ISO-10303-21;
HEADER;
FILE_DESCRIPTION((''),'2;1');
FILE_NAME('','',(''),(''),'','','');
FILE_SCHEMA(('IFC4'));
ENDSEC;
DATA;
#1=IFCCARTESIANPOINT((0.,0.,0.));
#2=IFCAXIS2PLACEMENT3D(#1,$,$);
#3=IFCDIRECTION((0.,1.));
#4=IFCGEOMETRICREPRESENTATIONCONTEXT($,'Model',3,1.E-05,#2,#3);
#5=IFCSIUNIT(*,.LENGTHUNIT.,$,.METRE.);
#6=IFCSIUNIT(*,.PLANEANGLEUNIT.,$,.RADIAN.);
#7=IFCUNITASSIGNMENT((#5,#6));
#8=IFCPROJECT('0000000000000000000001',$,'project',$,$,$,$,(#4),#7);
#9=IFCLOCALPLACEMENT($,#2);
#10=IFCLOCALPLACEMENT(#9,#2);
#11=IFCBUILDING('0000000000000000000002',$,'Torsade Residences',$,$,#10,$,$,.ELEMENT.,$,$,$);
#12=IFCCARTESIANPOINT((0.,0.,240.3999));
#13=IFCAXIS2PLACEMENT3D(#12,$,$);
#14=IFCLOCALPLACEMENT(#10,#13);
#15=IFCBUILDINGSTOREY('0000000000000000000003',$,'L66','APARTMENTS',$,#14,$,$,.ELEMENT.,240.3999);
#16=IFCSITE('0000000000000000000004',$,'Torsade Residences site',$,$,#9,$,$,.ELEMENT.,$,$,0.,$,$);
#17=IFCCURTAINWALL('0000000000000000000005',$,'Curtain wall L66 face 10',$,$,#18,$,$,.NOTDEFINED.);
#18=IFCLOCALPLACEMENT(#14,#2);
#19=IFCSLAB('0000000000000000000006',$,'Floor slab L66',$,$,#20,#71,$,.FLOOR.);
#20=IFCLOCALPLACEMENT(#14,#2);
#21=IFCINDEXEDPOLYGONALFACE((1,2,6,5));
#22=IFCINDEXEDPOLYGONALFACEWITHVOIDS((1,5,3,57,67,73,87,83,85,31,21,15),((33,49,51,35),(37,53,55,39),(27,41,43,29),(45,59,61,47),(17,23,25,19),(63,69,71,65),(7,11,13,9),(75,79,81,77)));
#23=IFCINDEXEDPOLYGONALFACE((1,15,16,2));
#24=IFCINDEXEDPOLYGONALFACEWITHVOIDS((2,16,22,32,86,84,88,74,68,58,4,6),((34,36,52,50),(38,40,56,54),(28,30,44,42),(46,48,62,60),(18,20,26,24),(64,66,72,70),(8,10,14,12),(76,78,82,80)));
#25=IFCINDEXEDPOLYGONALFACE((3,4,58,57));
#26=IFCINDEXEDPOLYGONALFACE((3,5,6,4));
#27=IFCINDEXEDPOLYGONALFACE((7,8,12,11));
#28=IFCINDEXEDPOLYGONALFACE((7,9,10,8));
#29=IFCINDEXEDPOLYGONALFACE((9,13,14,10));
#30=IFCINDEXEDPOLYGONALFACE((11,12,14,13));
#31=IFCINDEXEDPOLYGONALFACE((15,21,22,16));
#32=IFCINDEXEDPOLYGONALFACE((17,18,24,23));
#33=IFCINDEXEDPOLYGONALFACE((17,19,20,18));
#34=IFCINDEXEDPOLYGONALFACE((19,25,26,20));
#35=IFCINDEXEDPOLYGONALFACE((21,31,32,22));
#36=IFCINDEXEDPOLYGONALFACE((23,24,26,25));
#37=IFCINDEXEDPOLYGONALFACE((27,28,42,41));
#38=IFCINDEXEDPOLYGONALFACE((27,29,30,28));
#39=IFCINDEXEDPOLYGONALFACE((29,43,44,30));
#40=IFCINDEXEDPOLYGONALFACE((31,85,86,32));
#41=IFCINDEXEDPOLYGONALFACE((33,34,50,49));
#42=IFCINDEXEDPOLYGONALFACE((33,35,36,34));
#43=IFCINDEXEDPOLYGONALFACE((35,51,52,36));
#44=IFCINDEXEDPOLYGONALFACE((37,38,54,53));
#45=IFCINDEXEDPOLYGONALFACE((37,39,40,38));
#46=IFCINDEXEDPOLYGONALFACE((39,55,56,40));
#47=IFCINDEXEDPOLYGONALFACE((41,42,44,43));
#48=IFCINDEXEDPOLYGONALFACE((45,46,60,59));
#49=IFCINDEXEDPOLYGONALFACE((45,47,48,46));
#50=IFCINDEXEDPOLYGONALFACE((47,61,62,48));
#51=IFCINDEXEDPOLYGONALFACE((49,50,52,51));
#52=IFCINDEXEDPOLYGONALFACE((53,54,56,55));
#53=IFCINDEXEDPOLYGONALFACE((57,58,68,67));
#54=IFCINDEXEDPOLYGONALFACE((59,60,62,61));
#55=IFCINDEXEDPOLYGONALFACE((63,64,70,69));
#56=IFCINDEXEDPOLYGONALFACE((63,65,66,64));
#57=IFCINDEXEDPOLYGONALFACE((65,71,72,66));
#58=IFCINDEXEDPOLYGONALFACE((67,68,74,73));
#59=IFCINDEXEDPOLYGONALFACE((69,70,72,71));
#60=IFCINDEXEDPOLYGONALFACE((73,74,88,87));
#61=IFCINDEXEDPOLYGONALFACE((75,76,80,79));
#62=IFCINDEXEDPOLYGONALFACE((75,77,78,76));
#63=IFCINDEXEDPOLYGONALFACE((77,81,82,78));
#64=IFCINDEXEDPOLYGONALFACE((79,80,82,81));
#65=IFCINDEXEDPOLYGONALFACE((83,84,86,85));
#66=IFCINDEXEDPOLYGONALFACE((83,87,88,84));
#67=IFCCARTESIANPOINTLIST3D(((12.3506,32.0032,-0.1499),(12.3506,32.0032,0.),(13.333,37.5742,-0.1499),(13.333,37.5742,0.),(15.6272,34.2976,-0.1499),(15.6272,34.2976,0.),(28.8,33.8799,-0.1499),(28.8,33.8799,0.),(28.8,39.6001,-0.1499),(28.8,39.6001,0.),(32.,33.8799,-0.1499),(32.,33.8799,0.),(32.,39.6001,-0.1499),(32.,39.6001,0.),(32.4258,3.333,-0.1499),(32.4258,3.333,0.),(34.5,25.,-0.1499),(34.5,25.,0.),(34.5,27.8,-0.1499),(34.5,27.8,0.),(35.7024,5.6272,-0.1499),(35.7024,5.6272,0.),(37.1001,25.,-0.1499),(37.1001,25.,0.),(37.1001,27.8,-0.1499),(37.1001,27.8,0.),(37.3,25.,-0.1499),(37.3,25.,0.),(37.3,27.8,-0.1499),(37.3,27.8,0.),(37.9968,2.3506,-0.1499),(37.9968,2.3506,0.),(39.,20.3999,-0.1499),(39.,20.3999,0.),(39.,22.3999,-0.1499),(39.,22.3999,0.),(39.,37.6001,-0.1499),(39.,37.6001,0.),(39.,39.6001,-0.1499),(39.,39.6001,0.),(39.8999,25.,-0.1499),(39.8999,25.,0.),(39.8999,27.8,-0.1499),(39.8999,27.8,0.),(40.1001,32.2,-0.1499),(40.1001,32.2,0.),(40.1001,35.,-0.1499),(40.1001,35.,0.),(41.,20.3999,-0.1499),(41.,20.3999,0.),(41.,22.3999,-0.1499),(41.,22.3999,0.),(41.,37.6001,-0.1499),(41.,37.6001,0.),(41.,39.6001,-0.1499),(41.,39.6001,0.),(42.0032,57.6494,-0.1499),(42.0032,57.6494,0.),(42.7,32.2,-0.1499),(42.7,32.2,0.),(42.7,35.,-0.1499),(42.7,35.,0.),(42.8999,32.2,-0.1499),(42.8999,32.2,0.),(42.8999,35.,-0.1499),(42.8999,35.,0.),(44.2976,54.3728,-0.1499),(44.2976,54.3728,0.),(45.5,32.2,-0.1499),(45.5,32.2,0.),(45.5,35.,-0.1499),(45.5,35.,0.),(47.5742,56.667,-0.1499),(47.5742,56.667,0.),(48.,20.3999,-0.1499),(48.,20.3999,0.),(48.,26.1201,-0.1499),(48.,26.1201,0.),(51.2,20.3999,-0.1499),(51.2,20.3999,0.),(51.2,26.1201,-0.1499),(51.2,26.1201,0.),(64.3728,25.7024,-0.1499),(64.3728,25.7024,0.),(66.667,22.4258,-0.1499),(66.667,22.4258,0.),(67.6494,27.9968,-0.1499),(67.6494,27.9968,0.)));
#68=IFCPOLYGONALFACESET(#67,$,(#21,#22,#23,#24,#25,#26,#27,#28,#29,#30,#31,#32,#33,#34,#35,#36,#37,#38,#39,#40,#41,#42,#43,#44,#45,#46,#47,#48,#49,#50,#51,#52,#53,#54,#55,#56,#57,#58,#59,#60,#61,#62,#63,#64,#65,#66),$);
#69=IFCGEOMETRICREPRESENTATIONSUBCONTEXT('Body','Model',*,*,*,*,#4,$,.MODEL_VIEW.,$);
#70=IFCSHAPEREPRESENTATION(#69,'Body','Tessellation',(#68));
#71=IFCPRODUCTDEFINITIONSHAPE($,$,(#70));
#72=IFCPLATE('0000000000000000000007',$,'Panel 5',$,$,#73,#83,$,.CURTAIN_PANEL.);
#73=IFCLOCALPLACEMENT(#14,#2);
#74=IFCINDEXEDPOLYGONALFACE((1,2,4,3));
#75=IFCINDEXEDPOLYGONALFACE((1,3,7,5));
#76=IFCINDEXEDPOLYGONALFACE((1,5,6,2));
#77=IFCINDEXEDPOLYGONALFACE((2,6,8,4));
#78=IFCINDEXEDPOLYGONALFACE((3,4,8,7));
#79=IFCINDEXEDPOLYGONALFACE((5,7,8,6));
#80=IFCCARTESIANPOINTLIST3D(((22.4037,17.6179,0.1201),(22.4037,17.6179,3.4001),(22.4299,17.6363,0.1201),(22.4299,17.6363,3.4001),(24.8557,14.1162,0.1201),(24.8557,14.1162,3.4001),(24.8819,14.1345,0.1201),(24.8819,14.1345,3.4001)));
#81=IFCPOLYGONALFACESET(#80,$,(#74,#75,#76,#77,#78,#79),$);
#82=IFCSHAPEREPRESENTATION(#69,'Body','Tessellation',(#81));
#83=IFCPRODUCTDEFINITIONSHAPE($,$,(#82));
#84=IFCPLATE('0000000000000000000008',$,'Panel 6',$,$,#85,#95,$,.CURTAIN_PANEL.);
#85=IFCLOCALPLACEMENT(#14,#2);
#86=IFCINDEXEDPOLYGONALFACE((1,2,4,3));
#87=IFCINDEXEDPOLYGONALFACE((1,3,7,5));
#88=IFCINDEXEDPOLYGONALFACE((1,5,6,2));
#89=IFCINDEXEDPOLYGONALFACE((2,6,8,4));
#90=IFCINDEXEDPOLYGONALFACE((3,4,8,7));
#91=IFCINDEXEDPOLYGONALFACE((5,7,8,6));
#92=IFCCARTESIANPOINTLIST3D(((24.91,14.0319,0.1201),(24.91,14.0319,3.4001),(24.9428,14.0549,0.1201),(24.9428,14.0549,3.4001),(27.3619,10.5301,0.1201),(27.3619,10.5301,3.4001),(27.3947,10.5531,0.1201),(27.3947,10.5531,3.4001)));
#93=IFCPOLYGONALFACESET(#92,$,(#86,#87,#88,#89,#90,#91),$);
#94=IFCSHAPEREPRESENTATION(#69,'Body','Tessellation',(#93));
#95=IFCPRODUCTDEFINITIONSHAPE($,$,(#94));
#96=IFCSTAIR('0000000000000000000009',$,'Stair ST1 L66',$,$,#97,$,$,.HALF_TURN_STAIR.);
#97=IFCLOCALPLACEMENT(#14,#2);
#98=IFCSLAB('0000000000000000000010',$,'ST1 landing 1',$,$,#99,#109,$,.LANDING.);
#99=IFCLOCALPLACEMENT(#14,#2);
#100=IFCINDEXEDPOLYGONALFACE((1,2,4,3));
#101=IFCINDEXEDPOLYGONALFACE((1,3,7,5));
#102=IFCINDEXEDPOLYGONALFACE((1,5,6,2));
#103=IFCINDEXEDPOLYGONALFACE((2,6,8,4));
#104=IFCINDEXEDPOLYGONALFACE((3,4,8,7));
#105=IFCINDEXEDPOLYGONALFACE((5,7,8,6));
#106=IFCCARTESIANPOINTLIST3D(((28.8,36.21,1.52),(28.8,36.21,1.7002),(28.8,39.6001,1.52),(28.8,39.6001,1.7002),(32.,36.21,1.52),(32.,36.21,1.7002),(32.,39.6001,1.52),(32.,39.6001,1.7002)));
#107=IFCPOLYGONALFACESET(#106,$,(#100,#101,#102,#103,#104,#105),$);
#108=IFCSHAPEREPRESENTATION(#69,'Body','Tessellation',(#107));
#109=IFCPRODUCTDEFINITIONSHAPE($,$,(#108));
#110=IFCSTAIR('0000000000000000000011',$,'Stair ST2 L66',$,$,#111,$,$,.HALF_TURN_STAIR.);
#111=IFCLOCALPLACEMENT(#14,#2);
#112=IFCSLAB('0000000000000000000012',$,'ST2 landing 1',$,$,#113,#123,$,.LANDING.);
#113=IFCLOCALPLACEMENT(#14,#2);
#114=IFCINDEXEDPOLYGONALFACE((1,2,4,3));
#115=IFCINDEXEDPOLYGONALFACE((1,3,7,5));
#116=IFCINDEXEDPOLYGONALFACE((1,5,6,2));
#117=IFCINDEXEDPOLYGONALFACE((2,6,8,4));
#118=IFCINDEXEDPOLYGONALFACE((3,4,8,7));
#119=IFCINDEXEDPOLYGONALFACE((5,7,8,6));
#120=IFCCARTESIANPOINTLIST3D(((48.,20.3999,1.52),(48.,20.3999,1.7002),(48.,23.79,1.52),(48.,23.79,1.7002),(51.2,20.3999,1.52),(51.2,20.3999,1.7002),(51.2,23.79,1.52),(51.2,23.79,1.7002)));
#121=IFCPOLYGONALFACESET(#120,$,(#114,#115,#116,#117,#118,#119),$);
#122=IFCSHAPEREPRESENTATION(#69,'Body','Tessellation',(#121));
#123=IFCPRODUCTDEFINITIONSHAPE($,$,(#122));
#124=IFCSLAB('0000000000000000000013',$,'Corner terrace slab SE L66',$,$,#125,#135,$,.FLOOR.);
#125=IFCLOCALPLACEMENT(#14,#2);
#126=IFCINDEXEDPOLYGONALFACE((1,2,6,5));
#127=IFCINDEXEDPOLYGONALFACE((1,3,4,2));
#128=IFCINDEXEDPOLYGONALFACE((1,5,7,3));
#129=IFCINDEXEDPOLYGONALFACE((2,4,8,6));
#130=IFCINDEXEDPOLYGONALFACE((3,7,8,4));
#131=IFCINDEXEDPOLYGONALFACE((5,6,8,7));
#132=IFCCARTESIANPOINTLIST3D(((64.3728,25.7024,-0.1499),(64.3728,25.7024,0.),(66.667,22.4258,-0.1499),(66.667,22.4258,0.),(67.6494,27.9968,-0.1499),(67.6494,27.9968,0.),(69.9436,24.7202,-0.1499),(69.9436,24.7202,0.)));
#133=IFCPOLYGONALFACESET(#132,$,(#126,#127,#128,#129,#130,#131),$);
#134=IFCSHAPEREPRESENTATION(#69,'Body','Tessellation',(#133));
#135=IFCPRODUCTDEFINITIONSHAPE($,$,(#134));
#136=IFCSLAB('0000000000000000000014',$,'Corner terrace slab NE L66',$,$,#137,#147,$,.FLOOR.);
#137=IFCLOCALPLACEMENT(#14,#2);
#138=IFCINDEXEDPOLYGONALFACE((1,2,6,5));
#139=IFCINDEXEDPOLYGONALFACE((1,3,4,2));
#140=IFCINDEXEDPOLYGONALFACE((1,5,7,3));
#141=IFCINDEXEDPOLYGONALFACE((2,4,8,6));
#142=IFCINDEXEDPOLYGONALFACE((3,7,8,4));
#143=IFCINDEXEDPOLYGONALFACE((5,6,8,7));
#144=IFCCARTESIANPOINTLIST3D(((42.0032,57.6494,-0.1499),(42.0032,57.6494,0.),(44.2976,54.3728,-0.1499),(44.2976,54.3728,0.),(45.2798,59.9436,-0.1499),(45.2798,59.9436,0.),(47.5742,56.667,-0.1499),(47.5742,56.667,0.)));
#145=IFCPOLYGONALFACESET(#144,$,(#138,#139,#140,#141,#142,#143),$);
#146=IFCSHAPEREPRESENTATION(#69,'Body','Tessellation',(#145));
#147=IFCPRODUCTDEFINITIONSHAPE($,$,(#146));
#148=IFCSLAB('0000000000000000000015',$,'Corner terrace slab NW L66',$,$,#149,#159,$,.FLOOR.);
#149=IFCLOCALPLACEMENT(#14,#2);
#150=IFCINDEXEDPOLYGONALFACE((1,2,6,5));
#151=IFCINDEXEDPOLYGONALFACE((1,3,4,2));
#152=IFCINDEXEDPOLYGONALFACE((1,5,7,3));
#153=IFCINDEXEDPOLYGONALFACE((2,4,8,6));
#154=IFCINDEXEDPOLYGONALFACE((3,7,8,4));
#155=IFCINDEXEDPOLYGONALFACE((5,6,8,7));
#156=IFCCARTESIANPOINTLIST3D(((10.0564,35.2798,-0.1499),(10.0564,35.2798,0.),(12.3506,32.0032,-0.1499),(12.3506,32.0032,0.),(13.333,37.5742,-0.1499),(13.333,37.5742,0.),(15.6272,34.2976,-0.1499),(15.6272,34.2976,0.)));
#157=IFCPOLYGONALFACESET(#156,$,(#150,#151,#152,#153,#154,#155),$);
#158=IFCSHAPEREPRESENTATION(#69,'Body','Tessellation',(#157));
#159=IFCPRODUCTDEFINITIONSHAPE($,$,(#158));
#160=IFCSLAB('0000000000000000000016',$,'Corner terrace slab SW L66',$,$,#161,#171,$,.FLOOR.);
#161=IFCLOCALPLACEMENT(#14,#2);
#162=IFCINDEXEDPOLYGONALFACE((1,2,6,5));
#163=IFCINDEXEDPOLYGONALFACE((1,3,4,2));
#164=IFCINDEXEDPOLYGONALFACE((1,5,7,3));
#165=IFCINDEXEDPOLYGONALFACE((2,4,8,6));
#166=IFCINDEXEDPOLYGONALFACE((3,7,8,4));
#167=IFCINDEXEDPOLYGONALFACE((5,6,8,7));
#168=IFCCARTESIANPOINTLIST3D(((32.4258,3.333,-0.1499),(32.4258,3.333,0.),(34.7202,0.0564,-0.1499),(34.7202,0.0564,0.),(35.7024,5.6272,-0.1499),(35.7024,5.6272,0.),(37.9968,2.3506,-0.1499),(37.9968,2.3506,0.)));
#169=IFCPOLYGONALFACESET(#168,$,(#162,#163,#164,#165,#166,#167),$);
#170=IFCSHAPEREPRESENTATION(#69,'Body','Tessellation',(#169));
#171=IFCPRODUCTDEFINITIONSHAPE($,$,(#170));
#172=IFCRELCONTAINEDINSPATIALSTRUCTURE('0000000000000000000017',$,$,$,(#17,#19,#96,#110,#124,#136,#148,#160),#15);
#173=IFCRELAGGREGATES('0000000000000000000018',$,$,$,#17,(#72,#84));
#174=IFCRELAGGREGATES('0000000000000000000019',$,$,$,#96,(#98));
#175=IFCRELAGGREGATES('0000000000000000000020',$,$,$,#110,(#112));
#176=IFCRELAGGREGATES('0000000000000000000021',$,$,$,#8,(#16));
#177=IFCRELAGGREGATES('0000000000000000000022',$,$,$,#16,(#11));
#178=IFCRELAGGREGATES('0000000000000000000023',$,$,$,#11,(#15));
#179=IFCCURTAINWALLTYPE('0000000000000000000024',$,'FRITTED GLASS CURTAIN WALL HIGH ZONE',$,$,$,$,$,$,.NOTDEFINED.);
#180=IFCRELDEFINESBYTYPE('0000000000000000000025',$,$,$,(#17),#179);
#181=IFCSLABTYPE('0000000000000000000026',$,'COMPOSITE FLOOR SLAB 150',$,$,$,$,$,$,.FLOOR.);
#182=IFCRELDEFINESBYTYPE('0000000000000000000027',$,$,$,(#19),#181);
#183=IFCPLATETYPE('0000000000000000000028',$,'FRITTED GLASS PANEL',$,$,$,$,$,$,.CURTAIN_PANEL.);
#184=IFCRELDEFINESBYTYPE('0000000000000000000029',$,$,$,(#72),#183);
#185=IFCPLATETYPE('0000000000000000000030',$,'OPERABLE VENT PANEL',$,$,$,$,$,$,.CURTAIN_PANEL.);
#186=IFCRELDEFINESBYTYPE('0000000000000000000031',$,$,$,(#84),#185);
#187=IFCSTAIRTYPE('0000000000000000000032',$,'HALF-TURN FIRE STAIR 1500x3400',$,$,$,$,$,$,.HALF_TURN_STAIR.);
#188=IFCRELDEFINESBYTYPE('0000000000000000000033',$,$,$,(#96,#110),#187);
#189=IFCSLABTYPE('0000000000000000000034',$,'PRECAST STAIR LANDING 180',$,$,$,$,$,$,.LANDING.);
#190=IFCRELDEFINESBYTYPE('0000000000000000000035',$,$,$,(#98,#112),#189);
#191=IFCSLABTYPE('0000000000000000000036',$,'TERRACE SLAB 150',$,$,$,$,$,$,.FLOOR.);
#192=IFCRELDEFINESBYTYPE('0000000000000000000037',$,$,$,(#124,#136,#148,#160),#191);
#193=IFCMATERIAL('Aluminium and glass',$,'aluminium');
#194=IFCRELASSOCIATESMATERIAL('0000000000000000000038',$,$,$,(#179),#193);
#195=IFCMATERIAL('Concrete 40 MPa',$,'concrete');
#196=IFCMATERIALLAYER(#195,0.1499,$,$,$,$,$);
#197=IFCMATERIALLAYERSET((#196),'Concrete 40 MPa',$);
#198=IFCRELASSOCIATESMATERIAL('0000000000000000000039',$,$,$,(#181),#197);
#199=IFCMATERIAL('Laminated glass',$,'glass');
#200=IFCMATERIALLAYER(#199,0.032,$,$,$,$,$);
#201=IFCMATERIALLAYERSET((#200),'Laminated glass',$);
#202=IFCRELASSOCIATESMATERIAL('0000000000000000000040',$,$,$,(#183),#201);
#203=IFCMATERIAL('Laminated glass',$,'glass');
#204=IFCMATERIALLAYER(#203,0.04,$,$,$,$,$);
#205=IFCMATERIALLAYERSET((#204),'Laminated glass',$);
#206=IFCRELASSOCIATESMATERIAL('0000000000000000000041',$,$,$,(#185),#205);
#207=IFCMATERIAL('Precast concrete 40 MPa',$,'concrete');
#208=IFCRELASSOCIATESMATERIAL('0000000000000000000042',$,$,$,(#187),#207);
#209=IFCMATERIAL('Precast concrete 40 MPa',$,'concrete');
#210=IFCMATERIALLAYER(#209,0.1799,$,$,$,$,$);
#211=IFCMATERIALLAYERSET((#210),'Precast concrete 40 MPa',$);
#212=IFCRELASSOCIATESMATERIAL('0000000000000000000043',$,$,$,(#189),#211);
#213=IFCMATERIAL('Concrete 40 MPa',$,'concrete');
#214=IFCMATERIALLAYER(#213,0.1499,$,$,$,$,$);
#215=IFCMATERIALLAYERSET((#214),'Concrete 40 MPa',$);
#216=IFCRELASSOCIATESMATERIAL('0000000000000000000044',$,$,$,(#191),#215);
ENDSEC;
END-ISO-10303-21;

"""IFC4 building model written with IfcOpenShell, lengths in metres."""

from ifc_helpers import new_model, si_unit, direction, frame, origin, origin_2d, place, context, subcontext, project, spatial, polyline, rectangle, outline, extrude, material, layer, layer_set, type_object, element, aggregate, save


model = new_model("IFC4")

# Units and contexts
model_context = context("Model", 3, precision=1e-05, world=origin(), true_north=direction((0.0, 1.0)))
body_context = subcontext(model_context, "Body", "Model", "MODEL_VIEW")
ifc_project = project(units=[si_unit("LENGTHUNIT", "METRE"), si_unit("PLANEANGLEUNIT", "RADIAN")], contexts=[model_context])

# Site, building, storey
site_placement = place(None, origin())
site = spatial("IfcSite", under=ifc_project, at=site_placement, Name="Torsade Residences site", CompositionType="ELEMENT", RefElevation=0.0)
building_placement = place(site_placement, origin())
building = spatial("IfcBuilding", under=site, at=building_placement, Name="Torsade Residences", CompositionType="ELEMENT")
storey_placement = place(building_placement, frame((0.0, 0.0, 240.3999)))
storey = spatial("IfcBuildingStorey", under=building, at=storey_placement, Name="L66", Description="APARTMENTS", CompositionType="ELEMENT", Elevation=240.3999)

# Curtain wall
ifc_material_1 = material(Name="Aluminium and glass", Category="aluminium")
curtain_wall_type = type_object("IfcCurtainWallType", Name="FRITTED GLASS CURTAIN WALL HIGH ZONE", PredefinedType="NOTDEFINED", material=ifc_material_1)
curtain_wall_placement = place(storey_placement, origin())
curtain_wall = element("IfcCurtainWall", 1, at=curtain_wall_placement, inside=storey, type_object=curtain_wall_type, Name="Curtain wall L66 face 10", PredefinedType="NOTDEFINED")

# Slab
ifc_material_2 = material(Name="Concrete 40 MPa", Category="concrete")
ifc_layer_1 = layer(ifc_material_2, 0.1499)
ifc_layer_set_1 = layer_set([ifc_layer_1], Name="Concrete 40 MPa")
slab_type_1 = type_object("IfcSlabType", Name="COMPOSITE FLOOR SLAB 150", PredefinedType="FLOOR", material=ifc_layer_set_1)
slab_1_placement = place(storey_placement, frame((0.0, 0.0, -0.1499)))
element("IfcSlab", 2, at=slab_1_placement, inside=storey, type_object=slab_type_1, Name="Floor slab L66", PredefinedType="FLOOR", context=body_context, shape_type="SweptSolid", body=[
    extrude(outline(polyline([(37.9968, 2.3506), (66.667, 22.4258), (64.3728, 25.7024), (67.6494, 27.9968), (47.5742, 56.667), (44.2976, 54.3728), (42.0032, 57.6494), (13.333, 37.5742), (15.6272, 34.2976), (12.3506, 32.0032), (32.4258, 3.333), (35.7024, 5.6272), (37.9968, 2.3506)]), holes=[polyline([(51.2, 26.1201), (48.0, 26.1201), (48.0, 20.3999), (51.2, 20.3999), (51.2, 26.1201)]), polyline([(45.5, 35.0), (42.8999, 35.0), (42.8999, 32.2), (45.5, 32.2), (45.5, 35.0)]), polyline([(42.7, 35.0), (40.1001, 35.0), (40.1001, 32.2), (42.7, 32.2), (42.7, 35.0)]), polyline([(41.0, 22.3999), (39.0, 22.3999), (39.0, 20.3999), (41.0, 20.3999), (41.0, 22.3999)]), polyline([(41.0, 39.6001), (39.0, 39.6001), (39.0, 37.6001), (41.0, 37.6001), (41.0, 39.6001)]), polyline([(39.8999, 27.8), (37.3, 27.8), (37.3, 25.0), (39.8999, 25.0), (39.8999, 27.8)]), polyline([(37.1001, 27.8), (34.5, 27.8), (34.5, 25.0), (37.1001, 25.0), (37.1001, 27.8)]), polyline([(32.0, 39.6001), (28.8, 39.6001), (28.8, 33.8799), (32.0, 33.8799), (32.0, 39.6001)])]), origin(), (0.0, 0.0, 1.0), 0.1499),
])

# Plates
ifc_material_3 = material(Name="Laminated glass", Category="glass")
ifc_layer_2 = layer(ifc_material_3, 0.032)
ifc_layer_set_2 = layer_set([ifc_layer_2], Name="Laminated glass")
plate_type_1 = type_object("IfcPlateType", Name="FRITTED GLASS PANEL", PredefinedType="CURTAIN_PANEL", material=ifc_layer_set_2)
plate_1_placement = place(storey_placement, frame((23.6428, 15.8762, 0.1201), z_axis=(0.0, 0.0, 1.0), x_axis=(0.573576, -0.819152, 0.0)))
plate_1 = element("IfcPlate", 3, at=plate_1_placement, type_object=plate_type_1, Name="Panel 5", PredefinedType="CURTAIN_PANEL", context=body_context, shape_type="SweptSolid", body=[
    extrude(rectangle(XDim=4.2749, YDim=0.032, at=origin_2d()), origin(), (0.0, 0.0, 1.0), 3.28),
])
ifc_material_4 = material(Name="Laminated glass", Category="glass")
ifc_layer_3 = layer(ifc_material_4, 0.04)
ifc_layer_set_3 = layer_set([ifc_layer_3], Name="Laminated glass")
plate_type_2 = type_object("IfcPlateType", Name="OPERABLE VENT PANEL", PredefinedType="CURTAIN_PANEL", material=ifc_layer_set_3)
plate_2_placement = place(storey_placement, frame((26.1523, 12.2925, 0.1201), z_axis=(0.0, 0.0, 1.0), x_axis=(0.573576, -0.819152, 0.0)))
plate_2 = element("IfcPlate", 4, at=plate_2_placement, type_object=plate_type_2, Name="Panel 6", PredefinedType="CURTAIN_PANEL", context=body_context, shape_type="SweptSolid", body=[
    extrude(rectangle(XDim=4.2749, YDim=0.04, at=origin_2d()), origin(), (0.0, 0.0, 1.0), 3.28),
])
aggregate(curtain_wall, [plate_1, plate_2])

# Stairs, slabs
ifc_material_5 = material(Name="Precast concrete 40 MPa", Category="concrete")
stair_type = type_object("IfcStairType", Name="HALF-TURN FIRE STAIR 1500x3400", PredefinedType="HALF_TURN_STAIR", material=ifc_material_5)
stair_1_placement = place(storey_placement, origin())
stair_1 = element("IfcStair", 5, at=stair_1_placement, inside=storey, type_object=stair_type, Name="Stair ST1 L66", PredefinedType="HALF_TURN_STAIR")
ifc_material_6 = material(Name="Precast concrete 40 MPa", Category="concrete")
ifc_layer_4 = layer(ifc_material_6, 0.1799)
ifc_layer_set_4 = layer_set([ifc_layer_4], Name="Precast concrete 40 MPa")
slab_type_2 = type_object("IfcSlabType", Name="PRECAST STAIR LANDING 180", PredefinedType="LANDING", material=ifc_layer_set_4)
slab_2_placement = place(storey_placement, frame((0.0, 0.0, 1.52)))
slab_2 = element("IfcSlab", 6, at=slab_2_placement, type_object=slab_type_2, Name="ST1 landing 1", PredefinedType="LANDING", context=body_context, shape_type="SweptSolid", body=[
    extrude(outline(polyline([(28.8, 36.21), (32.0, 36.21), (32.0, 39.6001), (28.8, 39.6001), (28.8, 36.21)])), origin(), (0.0, 0.0, 1.0), 0.1802),
])
aggregate(stair_1, [slab_2])
stair_2_placement = place(storey_placement, origin())
stair_2 = element("IfcStair", 7, at=stair_2_placement, inside=storey, type_object=stair_type, Name="Stair ST2 L66", PredefinedType="HALF_TURN_STAIR")
slab_3_placement = place(storey_placement, frame((0.0, 0.0, 1.52)))
slab_3 = element("IfcSlab", 8, at=slab_3_placement, type_object=slab_type_2, Name="ST2 landing 1", PredefinedType="LANDING", context=body_context, shape_type="SweptSolid", body=[
    extrude(outline(polyline([(48.0, 20.3999), (51.2, 20.3999), (51.2, 23.79), (48.0, 23.79), (48.0, 20.3999)])), origin(), (0.0, 0.0, 1.0), 0.1802),
])
aggregate(stair_2, [slab_3])

# Slabs
ifc_material_7 = material(Name="Concrete 40 MPa", Category="concrete")
ifc_layer_5 = layer(ifc_material_7, 0.1499)
ifc_layer_set_5 = layer_set([ifc_layer_5], Name="Concrete 40 MPa")
slab_type_3 = type_object("IfcSlabType", Name="TERRACE SLAB 150", PredefinedType="FLOOR", material=ifc_layer_set_5)
slab_4_placement = place(storey_placement, frame((0.0, 0.0, -0.1499)))
element("IfcSlab", 9, at=slab_4_placement, inside=storey, type_object=slab_type_3, Name="Corner terrace slab SE L66", PredefinedType="FLOOR", context=body_context, shape_type="SweptSolid", body=[
    extrude(outline(polyline([(66.667, 22.4258), (69.9436, 24.7202), (67.6494, 27.9968), (64.3728, 25.7024), (66.667, 22.4258)])), origin(), (0.0, 0.0, 1.0), 0.1499),
])
slab_5_placement = place(storey_placement, frame((0.0, 0.0, -0.1499)))
element("IfcSlab", 10, at=slab_5_placement, inside=storey, type_object=slab_type_3, Name="Corner terrace slab NE L66", PredefinedType="FLOOR", context=body_context, shape_type="SweptSolid", body=[
    extrude(outline(polyline([(44.2976, 54.3728), (47.5742, 56.667), (45.2798, 59.9436), (42.0032, 57.6494), (44.2976, 54.3728)])), origin(), (0.0, 0.0, 1.0), 0.1499),
])
slab_6_placement = place(storey_placement, frame((0.0, 0.0, -0.1499)))
element("IfcSlab", 11, at=slab_6_placement, inside=storey, type_object=slab_type_3, Name="Corner terrace slab NW L66", PredefinedType="FLOOR", context=body_context, shape_type="SweptSolid", body=[
    extrude(outline(polyline([(12.3506, 32.0032), (15.6272, 34.2976), (13.333, 37.5742), (10.0564, 35.2798), (12.3506, 32.0032)])), origin(), (0.0, 0.0, 1.0), 0.1499),
])
slab_7_placement = place(storey_placement, frame((0.0, 0.0, -0.1499)))
element("IfcSlab", 12, at=slab_7_placement, inside=storey, type_object=slab_type_3, Name="Corner terrace slab SW L66", PredefinedType="FLOOR", context=body_context, shape_type="SweptSolid", body=[
    extrude(outline(polyline([(34.7202, 0.0564), (37.9968, 2.3506), (35.7024, 5.6272), (32.4258, 3.333), (34.7202, 0.0564)])), origin(), (0.0, 0.0, 1.0), 0.1499),
])

save(model, "model.ifc")
